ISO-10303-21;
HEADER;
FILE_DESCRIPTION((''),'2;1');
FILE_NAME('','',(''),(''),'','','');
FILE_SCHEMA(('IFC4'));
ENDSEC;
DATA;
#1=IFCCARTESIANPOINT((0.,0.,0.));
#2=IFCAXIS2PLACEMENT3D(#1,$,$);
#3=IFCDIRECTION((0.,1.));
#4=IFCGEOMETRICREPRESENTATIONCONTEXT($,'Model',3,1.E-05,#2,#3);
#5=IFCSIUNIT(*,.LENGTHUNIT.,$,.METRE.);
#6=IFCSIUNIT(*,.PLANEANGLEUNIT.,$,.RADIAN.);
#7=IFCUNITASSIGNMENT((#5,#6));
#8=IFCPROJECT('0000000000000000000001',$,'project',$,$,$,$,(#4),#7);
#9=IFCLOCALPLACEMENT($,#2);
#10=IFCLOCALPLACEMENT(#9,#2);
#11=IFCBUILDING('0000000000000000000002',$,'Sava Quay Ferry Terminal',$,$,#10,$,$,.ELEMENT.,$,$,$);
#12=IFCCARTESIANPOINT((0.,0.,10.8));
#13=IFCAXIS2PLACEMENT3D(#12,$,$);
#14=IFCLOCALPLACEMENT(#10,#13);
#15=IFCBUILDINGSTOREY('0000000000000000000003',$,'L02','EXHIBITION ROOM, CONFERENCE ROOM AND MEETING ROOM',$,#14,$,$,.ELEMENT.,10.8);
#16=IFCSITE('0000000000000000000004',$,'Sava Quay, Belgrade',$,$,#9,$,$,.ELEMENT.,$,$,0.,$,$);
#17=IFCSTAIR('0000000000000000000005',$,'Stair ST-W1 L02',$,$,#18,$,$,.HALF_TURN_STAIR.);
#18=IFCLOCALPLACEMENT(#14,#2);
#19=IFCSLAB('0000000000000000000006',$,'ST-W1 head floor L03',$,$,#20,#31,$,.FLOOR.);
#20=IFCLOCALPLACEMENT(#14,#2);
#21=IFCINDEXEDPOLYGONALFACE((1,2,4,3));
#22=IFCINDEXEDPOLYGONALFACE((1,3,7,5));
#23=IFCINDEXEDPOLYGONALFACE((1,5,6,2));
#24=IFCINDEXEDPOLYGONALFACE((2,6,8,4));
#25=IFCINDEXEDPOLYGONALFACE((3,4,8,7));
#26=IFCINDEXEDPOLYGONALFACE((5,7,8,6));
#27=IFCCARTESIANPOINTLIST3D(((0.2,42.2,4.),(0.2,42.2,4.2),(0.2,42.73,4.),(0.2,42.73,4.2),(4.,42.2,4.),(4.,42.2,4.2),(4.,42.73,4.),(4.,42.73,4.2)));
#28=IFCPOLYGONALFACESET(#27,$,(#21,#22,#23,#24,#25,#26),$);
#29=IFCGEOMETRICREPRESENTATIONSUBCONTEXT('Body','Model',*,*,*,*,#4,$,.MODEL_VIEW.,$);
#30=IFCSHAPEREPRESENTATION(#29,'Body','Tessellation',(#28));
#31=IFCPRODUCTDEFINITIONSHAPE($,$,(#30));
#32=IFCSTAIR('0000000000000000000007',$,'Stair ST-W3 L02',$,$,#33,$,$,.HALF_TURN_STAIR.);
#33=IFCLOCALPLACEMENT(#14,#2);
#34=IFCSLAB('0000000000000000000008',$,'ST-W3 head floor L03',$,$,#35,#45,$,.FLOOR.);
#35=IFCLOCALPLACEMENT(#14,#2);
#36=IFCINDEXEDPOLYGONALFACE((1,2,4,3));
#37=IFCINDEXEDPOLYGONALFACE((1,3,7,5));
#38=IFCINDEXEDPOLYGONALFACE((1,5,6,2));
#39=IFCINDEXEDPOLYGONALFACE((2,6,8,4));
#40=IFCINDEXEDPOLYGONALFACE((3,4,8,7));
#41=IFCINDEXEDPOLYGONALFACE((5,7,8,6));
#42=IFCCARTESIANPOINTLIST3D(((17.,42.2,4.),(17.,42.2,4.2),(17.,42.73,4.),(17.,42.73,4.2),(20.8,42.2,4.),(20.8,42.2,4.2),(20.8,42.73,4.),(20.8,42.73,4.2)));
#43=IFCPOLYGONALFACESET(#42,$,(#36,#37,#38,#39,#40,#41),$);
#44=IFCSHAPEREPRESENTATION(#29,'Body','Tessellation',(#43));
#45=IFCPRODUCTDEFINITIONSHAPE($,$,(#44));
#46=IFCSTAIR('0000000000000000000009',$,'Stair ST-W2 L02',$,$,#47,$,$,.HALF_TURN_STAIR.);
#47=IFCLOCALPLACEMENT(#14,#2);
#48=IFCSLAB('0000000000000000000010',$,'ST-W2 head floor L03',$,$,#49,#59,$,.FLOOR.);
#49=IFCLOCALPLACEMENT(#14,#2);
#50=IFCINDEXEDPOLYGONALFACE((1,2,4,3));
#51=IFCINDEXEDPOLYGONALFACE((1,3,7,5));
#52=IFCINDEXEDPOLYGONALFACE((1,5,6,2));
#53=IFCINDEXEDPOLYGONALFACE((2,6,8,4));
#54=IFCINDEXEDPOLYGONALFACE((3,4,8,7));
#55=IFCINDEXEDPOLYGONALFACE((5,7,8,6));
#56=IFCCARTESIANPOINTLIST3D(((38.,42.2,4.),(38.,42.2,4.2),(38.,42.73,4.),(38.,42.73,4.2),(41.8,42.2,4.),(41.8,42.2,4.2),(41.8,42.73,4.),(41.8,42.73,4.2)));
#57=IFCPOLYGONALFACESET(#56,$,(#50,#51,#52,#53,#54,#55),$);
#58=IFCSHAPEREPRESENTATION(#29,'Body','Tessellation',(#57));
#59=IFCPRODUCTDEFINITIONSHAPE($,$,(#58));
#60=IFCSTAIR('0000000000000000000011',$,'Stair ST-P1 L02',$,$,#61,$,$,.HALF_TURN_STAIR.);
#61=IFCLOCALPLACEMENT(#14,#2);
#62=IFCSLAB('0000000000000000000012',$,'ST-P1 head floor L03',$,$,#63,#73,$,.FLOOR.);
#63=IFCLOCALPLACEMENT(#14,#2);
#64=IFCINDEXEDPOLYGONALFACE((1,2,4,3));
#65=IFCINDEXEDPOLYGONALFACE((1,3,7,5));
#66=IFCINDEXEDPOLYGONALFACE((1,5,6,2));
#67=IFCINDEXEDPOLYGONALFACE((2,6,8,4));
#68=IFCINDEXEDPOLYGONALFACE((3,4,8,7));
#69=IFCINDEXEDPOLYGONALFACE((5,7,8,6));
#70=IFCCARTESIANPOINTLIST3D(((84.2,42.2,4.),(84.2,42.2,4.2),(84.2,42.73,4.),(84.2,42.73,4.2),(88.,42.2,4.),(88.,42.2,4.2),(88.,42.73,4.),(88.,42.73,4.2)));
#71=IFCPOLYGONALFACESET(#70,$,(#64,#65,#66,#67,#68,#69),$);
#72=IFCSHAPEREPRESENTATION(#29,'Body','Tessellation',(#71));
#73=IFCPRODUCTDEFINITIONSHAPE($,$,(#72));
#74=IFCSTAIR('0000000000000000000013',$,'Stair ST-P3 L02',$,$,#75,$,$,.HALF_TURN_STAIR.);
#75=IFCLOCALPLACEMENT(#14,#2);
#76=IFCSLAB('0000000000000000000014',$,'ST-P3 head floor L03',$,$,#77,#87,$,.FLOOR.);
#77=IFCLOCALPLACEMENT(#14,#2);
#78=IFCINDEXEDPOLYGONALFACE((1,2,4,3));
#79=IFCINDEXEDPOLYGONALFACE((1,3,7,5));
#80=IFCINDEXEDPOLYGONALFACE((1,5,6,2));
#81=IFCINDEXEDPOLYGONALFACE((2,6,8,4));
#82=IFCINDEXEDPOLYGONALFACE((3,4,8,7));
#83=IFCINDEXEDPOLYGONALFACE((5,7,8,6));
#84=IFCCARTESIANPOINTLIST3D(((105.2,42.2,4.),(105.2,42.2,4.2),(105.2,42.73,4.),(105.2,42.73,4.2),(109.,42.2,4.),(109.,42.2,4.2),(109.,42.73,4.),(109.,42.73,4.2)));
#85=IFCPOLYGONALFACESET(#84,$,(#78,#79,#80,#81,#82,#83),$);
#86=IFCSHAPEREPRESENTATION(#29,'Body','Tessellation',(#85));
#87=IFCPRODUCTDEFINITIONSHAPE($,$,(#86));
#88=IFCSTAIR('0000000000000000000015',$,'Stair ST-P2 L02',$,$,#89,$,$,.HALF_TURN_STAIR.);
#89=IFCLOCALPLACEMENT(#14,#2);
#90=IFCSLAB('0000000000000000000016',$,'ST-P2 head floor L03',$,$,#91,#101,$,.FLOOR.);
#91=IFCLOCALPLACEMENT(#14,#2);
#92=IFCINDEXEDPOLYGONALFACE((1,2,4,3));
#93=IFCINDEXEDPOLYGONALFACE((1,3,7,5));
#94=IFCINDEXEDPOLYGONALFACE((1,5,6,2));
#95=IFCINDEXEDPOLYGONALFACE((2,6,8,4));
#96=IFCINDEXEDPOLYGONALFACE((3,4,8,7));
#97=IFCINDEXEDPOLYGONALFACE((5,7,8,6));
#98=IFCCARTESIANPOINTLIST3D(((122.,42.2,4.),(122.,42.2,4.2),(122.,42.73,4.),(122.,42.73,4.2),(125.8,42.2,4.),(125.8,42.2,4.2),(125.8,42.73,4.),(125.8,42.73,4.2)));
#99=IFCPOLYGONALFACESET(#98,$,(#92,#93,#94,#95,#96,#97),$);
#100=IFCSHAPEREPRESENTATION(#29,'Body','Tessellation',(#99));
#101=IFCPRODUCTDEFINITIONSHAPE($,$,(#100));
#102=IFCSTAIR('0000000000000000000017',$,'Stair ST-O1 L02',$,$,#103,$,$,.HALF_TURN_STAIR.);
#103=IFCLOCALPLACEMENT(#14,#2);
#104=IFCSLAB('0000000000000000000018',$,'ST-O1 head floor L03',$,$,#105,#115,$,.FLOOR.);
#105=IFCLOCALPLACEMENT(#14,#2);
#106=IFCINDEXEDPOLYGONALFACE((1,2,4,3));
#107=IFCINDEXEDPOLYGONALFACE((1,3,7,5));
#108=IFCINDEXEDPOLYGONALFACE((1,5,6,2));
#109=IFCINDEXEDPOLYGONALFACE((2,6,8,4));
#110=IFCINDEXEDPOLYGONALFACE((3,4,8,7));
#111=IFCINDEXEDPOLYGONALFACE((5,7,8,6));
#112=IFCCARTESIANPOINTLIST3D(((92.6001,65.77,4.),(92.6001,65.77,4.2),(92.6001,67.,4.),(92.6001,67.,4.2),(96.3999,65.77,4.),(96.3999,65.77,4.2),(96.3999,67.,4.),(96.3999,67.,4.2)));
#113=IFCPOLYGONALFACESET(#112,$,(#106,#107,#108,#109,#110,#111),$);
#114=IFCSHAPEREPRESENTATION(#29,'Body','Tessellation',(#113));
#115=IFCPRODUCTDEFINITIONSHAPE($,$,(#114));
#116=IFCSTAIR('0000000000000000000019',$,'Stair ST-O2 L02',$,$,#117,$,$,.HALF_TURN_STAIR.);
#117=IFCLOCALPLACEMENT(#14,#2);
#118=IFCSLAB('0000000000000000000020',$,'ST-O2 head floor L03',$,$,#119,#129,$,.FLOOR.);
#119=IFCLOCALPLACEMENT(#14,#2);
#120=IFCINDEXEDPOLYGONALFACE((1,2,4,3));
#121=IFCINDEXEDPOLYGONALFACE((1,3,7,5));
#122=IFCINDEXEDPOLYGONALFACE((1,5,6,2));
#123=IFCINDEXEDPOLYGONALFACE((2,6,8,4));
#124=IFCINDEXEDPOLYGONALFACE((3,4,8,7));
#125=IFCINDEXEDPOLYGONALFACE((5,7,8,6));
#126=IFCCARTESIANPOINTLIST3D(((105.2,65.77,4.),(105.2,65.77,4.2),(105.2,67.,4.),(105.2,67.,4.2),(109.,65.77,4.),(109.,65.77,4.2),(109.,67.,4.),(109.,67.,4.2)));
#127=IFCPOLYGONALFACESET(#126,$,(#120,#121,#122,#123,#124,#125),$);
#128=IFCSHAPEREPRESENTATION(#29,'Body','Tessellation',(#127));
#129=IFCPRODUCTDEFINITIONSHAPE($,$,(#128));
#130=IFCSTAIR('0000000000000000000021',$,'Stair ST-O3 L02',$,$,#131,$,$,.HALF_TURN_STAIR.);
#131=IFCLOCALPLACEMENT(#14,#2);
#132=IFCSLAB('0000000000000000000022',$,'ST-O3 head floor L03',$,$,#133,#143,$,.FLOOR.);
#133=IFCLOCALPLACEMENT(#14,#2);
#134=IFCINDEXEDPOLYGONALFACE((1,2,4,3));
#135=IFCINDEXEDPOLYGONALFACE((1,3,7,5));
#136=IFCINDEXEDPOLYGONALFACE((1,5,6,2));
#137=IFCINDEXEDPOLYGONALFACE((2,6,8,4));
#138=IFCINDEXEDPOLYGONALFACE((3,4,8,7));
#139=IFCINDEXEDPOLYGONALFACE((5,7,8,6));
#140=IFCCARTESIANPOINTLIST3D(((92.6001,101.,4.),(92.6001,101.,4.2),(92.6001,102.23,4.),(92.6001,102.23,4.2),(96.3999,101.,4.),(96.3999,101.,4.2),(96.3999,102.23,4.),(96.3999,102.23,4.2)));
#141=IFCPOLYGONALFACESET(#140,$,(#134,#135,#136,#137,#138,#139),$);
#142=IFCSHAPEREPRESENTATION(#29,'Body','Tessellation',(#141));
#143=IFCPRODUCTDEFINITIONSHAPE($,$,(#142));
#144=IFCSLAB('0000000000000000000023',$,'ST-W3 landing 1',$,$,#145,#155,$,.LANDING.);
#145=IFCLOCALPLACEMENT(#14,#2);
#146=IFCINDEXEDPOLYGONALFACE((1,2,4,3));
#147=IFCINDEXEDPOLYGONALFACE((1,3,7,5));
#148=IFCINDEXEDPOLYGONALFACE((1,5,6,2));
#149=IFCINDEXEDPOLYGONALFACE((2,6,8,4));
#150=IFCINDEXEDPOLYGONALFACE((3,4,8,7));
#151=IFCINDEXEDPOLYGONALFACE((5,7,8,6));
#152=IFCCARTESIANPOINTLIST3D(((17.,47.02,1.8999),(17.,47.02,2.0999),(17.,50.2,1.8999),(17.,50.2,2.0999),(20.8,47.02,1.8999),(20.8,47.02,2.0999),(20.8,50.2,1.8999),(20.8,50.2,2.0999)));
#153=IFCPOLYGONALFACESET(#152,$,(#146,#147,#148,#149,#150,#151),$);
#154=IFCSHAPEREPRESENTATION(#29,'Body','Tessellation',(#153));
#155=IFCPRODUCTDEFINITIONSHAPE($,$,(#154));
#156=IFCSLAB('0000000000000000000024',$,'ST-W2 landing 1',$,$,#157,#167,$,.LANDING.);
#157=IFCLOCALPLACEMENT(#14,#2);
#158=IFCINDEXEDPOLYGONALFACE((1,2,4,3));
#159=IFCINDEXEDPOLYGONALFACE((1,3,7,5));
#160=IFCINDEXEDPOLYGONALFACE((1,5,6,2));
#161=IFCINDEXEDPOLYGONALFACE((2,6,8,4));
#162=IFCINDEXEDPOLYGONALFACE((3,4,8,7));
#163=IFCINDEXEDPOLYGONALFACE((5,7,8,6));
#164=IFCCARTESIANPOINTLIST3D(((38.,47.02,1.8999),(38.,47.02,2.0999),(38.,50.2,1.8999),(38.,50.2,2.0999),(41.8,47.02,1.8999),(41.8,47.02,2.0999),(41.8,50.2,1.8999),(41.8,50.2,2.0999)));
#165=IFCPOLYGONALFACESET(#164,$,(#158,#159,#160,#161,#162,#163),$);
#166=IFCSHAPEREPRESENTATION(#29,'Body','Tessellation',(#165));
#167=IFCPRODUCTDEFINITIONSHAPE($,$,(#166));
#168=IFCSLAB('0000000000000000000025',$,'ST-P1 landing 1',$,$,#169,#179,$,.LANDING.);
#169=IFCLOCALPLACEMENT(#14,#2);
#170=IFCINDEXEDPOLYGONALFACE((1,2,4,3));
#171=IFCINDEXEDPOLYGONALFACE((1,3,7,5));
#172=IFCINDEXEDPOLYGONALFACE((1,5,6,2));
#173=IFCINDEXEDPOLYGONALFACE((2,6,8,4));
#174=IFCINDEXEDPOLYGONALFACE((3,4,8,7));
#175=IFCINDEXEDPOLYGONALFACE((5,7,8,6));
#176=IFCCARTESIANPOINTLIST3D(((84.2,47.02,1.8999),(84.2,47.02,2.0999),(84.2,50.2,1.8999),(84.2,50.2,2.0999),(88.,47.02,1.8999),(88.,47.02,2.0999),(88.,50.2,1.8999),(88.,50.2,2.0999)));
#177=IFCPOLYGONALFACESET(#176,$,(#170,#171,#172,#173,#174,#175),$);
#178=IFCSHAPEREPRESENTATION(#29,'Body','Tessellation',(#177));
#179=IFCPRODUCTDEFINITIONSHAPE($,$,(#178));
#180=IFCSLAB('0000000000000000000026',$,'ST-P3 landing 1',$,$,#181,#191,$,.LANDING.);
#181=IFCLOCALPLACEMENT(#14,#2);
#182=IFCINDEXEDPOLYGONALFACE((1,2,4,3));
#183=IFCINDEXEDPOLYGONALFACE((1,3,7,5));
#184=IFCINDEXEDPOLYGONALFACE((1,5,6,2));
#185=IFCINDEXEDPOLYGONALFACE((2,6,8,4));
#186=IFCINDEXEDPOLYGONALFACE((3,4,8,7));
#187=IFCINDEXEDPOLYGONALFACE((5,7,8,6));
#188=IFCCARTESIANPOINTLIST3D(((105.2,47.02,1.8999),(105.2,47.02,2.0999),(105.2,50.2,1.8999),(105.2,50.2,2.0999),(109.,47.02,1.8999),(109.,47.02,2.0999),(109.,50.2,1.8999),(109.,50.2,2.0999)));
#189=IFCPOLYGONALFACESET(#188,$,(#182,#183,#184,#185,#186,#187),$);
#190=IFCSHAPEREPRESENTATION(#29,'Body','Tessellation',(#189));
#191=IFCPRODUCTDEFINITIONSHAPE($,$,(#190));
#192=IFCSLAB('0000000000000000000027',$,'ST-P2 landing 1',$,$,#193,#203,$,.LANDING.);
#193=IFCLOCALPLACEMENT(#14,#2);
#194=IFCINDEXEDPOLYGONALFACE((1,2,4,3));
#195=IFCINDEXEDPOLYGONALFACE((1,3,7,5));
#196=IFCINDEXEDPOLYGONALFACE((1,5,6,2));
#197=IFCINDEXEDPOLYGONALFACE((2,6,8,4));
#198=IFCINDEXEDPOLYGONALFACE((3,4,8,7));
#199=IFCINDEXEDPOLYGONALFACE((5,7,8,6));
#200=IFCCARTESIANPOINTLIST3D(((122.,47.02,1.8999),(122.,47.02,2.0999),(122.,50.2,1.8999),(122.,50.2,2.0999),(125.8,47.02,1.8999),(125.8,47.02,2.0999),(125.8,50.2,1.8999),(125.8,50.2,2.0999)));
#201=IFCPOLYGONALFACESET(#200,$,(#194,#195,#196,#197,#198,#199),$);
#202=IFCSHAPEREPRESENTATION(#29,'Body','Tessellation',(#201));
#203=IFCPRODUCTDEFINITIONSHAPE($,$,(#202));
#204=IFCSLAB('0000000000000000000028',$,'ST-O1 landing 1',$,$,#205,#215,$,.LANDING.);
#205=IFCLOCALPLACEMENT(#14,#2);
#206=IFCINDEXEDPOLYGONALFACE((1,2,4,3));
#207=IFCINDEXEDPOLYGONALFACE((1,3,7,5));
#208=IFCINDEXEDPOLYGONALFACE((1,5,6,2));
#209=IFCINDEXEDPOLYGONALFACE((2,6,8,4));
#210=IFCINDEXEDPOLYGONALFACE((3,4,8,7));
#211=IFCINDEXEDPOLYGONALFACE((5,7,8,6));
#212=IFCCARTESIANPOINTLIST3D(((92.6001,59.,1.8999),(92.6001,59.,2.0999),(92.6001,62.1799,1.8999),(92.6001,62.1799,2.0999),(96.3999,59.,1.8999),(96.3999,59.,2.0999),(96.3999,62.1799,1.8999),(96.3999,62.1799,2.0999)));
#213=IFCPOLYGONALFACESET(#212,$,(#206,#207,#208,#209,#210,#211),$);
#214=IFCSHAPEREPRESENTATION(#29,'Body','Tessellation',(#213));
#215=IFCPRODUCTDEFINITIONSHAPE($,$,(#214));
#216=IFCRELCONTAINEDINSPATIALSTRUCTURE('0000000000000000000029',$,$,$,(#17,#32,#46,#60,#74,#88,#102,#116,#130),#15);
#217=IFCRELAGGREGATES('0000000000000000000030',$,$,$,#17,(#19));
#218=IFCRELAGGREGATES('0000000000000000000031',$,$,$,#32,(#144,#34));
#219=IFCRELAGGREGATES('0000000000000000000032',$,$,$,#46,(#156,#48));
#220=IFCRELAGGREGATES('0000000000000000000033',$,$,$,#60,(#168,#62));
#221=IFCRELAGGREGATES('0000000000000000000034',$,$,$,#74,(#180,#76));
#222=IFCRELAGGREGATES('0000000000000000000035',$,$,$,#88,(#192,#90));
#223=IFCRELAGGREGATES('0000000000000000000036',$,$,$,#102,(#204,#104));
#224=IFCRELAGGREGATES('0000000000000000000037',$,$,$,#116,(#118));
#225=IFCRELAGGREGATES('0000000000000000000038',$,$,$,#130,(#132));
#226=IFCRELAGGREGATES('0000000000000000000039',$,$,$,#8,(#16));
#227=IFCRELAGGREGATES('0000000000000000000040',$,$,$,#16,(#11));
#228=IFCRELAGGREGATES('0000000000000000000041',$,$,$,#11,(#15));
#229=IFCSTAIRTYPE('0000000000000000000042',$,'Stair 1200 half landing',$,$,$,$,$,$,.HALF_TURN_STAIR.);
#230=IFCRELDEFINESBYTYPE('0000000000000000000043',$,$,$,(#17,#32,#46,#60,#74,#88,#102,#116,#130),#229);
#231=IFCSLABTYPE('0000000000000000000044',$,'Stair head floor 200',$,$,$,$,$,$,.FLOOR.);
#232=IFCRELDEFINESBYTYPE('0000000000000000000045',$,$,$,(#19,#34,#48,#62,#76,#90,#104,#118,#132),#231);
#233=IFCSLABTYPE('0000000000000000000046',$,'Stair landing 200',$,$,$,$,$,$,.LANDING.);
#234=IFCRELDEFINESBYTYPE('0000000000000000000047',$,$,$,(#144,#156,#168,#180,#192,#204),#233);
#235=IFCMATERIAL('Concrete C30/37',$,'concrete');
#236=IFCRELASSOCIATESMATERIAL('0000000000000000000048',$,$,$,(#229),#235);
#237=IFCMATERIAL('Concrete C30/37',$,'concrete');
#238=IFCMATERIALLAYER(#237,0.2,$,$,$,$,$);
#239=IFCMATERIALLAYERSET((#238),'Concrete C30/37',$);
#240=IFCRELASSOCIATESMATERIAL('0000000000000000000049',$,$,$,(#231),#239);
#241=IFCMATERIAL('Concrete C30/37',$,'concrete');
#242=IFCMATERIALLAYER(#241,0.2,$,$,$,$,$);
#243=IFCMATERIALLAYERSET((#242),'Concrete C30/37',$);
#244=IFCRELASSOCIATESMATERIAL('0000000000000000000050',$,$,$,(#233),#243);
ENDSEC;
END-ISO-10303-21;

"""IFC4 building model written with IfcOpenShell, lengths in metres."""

from ifc_helpers import new_model, si_unit, direction, frame, origin, place, context, subcontext, project, spatial, polyline, outline, extrude, material, layer, layer_set, type_object, element, aggregate, save


model = new_model("IFC4")

# Units and contexts
model_context = context("Model", 3, precision=1e-05, world=origin(), true_north=direction((0.0, 1.0)))
body_context = subcontext(model_context, "Body", "Model", "MODEL_VIEW")
ifc_project = project(units=[si_unit("LENGTHUNIT", "METRE"), si_unit("PLANEANGLEUNIT", "RADIAN")], contexts=[model_context])

# Site, building, storey
site_placement = place(None, origin())
site = spatial("IfcSite", under=ifc_project, at=site_placement, Name="Sava Quay, Belgrade", CompositionType="ELEMENT", RefElevation=0.0)
building_placement = place(site_placement, origin())
building = spatial("IfcBuilding", under=site, at=building_placement, Name="Sava Quay Ferry Terminal", CompositionType="ELEMENT")
storey_placement = place(building_placement, frame((0.0, 0.0, 10.8)))
storey = spatial("IfcBuildingStorey", under=building, at=storey_placement, Name="L02", Description="EXHIBITION ROOM, CONFERENCE ROOM AND MEETING ROOM", CompositionType="ELEMENT", Elevation=10.8)

# Stairs, slabs
ifc_material_1 = material(Name="Concrete C30/37", Category="concrete")
stair_type = type_object("IfcStairType", Name="Stair 1200 half landing", PredefinedType="HALF_TURN_STAIR", material=ifc_material_1)
stair_1_placement = place(storey_placement, origin())
stair_1 = element("IfcStair", 1, at=stair_1_placement, inside=storey, type_object=stair_type, Name="Stair ST-W1 L02", PredefinedType="HALF_TURN_STAIR")
ifc_material_2 = material(Name="Concrete C30/37", Category="concrete")
ifc_layer_1 = layer(ifc_material_2, 0.2)
ifc_layer_set_1 = layer_set([ifc_layer_1], Name="Concrete C30/37")
slab_type_1 = type_object("IfcSlabType", Name="Stair head floor 200", PredefinedType="FLOOR", material=ifc_layer_set_1)
slab_1_placement = place(storey_placement, frame((0.0, 0.0, 4.0)))
slab_1 = element("IfcSlab", 2, at=slab_1_placement, type_object=slab_type_1, Name="ST-W1 head floor L03", PredefinedType="FLOOR", context=body_context, shape_type="SweptSolid", body=[
    extrude(outline(polyline([(0.2, 42.2), (0.2, 42.73), (4.0, 42.73), (4.0, 42.2), (0.2, 42.2)])), origin(), (0.0, 0.0, 1.0), 0.2),
])
aggregate(stair_1, [slab_1])
stair_2_placement = place(storey_placement, origin())
stair_2 = element("IfcStair", 3, at=stair_2_placement, inside=storey, type_object=stair_type, Name="Stair ST-W3 L02", PredefinedType="HALF_TURN_STAIR")
slab_2_placement = place(storey_placement, frame((0.0, 0.0, 4.0)))
slab_2 = element("IfcSlab", 4, at=slab_2_placement, type_object=slab_type_1, Name="ST-W3 head floor L03", PredefinedType="FLOOR", context=body_context, shape_type="SweptSolid", body=[
    extrude(outline(polyline([(17.0, 42.2), (17.0, 42.73), (20.8, 42.73), (20.8, 42.2), (17.0, 42.2)])), origin(), (0.0, 0.0, 1.0), 0.2),
])
stair_3_placement = place(storey_placement, origin())
stair_3 = element("IfcStair", 5, at=stair_3_placement, inside=storey, type_object=stair_type, Name="Stair ST-W2 L02", PredefinedType="HALF_TURN_STAIR")
slab_3_placement = place(storey_placement, frame((0.0, 0.0, 4.0)))
slab_3 = element("IfcSlab", 6, at=slab_3_placement, type_object=slab_type_1, Name="ST-W2 head floor L03", PredefinedType="FLOOR", context=body_context, shape_type="SweptSolid", body=[
    extrude(outline(polyline([(38.0, 42.2), (38.0, 42.73), (41.8, 42.73), (41.8, 42.2), (38.0, 42.2)])), origin(), (0.0, 0.0, 1.0), 0.2),
])
stair_4_placement = place(storey_placement, origin())
stair_4 = element("IfcStair", 7, at=stair_4_placement, inside=storey, type_object=stair_type, Name="Stair ST-P1 L02", PredefinedType="HALF_TURN_STAIR")
slab_4_placement = place(storey_placement, frame((0.0, 0.0, 4.0)))
slab_4 = element("IfcSlab", 8, at=slab_4_placement, type_object=slab_type_1, Name="ST-P1 head floor L03", PredefinedType="FLOOR", context=body_context, shape_type="SweptSolid", body=[
    extrude(outline(polyline([(84.2, 42.2), (84.2, 42.73), (88.0, 42.73), (88.0, 42.2), (84.2, 42.2)])), origin(), (0.0, 0.0, 1.0), 0.2),
])
stair_5_placement = place(storey_placement, origin())
stair_5 = element("IfcStair", 9, at=stair_5_placement, inside=storey, type_object=stair_type, Name="Stair ST-P3 L02", PredefinedType="HALF_TURN_STAIR")
slab_5_placement = place(storey_placement, frame((0.0, 0.0, 4.0)))
slab_5 = element("IfcSlab", 10, at=slab_5_placement, type_object=slab_type_1, Name="ST-P3 head floor L03", PredefinedType="FLOOR", context=body_context, shape_type="SweptSolid", body=[
    extrude(outline(polyline([(105.2, 42.2), (105.2, 42.73), (109.0, 42.73), (109.0, 42.2), (105.2, 42.2)])), origin(), (0.0, 0.0, 1.0), 0.2),
])
stair_6_placement = place(storey_placement, origin())
stair_6 = element("IfcStair", 11, at=stair_6_placement, inside=storey, type_object=stair_type, Name="Stair ST-P2 L02", PredefinedType="HALF_TURN_STAIR")
slab_6_placement = place(storey_placement, frame((0.0, 0.0, 4.0)))
slab_6 = element("IfcSlab", 12, at=slab_6_placement, type_object=slab_type_1, Name="ST-P2 head floor L03", PredefinedType="FLOOR", context=body_context, shape_type="SweptSolid", body=[
    extrude(outline(polyline([(122.0, 42.2), (122.0, 42.73), (125.8, 42.73), (125.8, 42.2), (122.0, 42.2)])), origin(), (0.0, 0.0, 1.0), 0.2),
])
stair_7_placement = place(storey_placement, origin())
stair_7 = element("IfcStair", 13, at=stair_7_placement, inside=storey, type_object=stair_type, Name="Stair ST-O1 L02", PredefinedType="HALF_TURN_STAIR")
slab_7_placement = place(storey_placement, frame((0.0, 0.0, 4.0)))
slab_7 = element("IfcSlab", 14, at=slab_7_placement, type_object=slab_type_1, Name="ST-O1 head floor L03", PredefinedType="FLOOR", context=body_context, shape_type="SweptSolid", body=[
    extrude(outline(polyline([(92.6001, 65.77), (92.6001, 67.0), (96.3999, 67.0), (96.3999, 65.77), (92.6001, 65.77)])), origin(), (0.0, 0.0, 1.0), 0.2),
])
stair_8_placement = place(storey_placement, origin())
stair_8 = element("IfcStair", 15, at=stair_8_placement, inside=storey, type_object=stair_type, Name="Stair ST-O2 L02", PredefinedType="HALF_TURN_STAIR")
slab_8_placement = place(storey_placement, frame((0.0, 0.0, 4.0)))
slab_8 = element("IfcSlab", 16, at=slab_8_placement, type_object=slab_type_1, Name="ST-O2 head floor L03", PredefinedType="FLOOR", context=body_context, shape_type="SweptSolid", body=[
    extrude(outline(polyline([(105.2, 65.77), (105.2, 67.0), (109.0, 67.0), (109.0, 65.77), (105.2, 65.77)])), origin(), (0.0, 0.0, 1.0), 0.2),
])
stair_9_placement = place(storey_placement, origin())
stair_9 = element("IfcStair", 17, at=stair_9_placement, inside=storey, type_object=stair_type, Name="Stair ST-O3 L02", PredefinedType="HALF_TURN_STAIR")
slab_9_placement = place(storey_placement, frame((0.0, 0.0, 4.0)))
slab_9 = element("IfcSlab", 18, at=slab_9_placement, type_object=slab_type_1, Name="ST-O3 head floor L03", PredefinedType="FLOOR", context=body_context, shape_type="SweptSolid", body=[
    extrude(outline(polyline([(92.6001, 101.0), (92.6001, 102.23), (96.3999, 102.23), (96.3999, 101.0), (92.6001, 101.0)])), origin(), (0.0, 0.0, 1.0), 0.2),
])

# Slabs
ifc_material_3 = material(Name="Concrete C30/37", Category="concrete")
ifc_layer_2 = layer(ifc_material_3, 0.2)
ifc_layer_set_2 = layer_set([ifc_layer_2], Name="Concrete C30/37")
slab_type_2 = type_object("IfcSlabType", Name="Stair landing 200", PredefinedType="LANDING", material=ifc_layer_set_2)
slab_10_placement = place(storey_placement, frame((0.0, 0.0, 1.8999)))
slab_10 = element("IfcSlab", 19, at=slab_10_placement, type_object=slab_type_2, Name="ST-W3 landing 1", PredefinedType="LANDING", context=body_context, shape_type="SweptSolid", body=[
    extrude(outline(polyline([(17.0, 47.02), (17.0, 50.2), (20.8, 50.2), (20.8, 47.02), (17.0, 47.02)])), origin(), (0.0, 0.0, 1.0), 0.2),
])
aggregate(stair_2, [slab_10, slab_2])
slab_11_placement = place(storey_placement, frame((0.0, 0.0, 1.8999)))
slab_11 = element("IfcSlab", 20, at=slab_11_placement, type_object=slab_type_2, Name="ST-W2 landing 1", PredefinedType="LANDING", context=body_context, shape_type="SweptSolid", body=[
    extrude(outline(polyline([(38.0, 47.02), (38.0, 50.2), (41.8, 50.2), (41.8, 47.02), (38.0, 47.02)])), origin(), (0.0, 0.0, 1.0), 0.2),
])
aggregate(stair_3, [slab_11, slab_3])
slab_12_placement = place(storey_placement, frame((0.0, 0.0, 1.8999)))
slab_12 = element("IfcSlab", 21, at=slab_12_placement, type_object=slab_type_2, Name="ST-P1 landing 1", PredefinedType="LANDING", context=body_context, shape_type="SweptSolid", body=[
    extrude(outline(polyline([(84.2, 47.02), (84.2, 50.2), (88.0, 50.2), (88.0, 47.02), (84.2, 47.02)])), origin(), (0.0, 0.0, 1.0), 0.2),
])
aggregate(stair_4, [slab_12, slab_4])
slab_13_placement = place(storey_placement, frame((0.0, 0.0, 1.8999)))
slab_13 = element("IfcSlab", 22, at=slab_13_placement, type_object=slab_type_2, Name="ST-P3 landing 1", PredefinedType="LANDING", context=body_context, shape_type="SweptSolid", body=[
    extrude(outline(polyline([(105.2, 47.02), (105.2, 50.2), (109.0, 50.2), (109.0, 47.02), (105.2, 47.02)])), origin(), (0.0, 0.0, 1.0), 0.2),
])
aggregate(stair_5, [slab_13, slab_5])
slab_14_placement = place(storey_placement, frame((0.0, 0.0, 1.8999)))
slab_14 = element("IfcSlab", 23, at=slab_14_placement, type_object=slab_type_2, Name="ST-P2 landing 1", PredefinedType="LANDING", context=body_context, shape_type="SweptSolid", body=[
    extrude(outline(polyline([(122.0, 47.02), (122.0, 50.2), (125.8, 50.2), (125.8, 47.02), (122.0, 47.02)])), origin(), (0.0, 0.0, 1.0), 0.2),
])
aggregate(stair_6, [slab_14, slab_6])
slab_15_placement = place(storey_placement, frame((0.0, 0.0, 1.8999)))
slab_15 = element("IfcSlab", 24, at=slab_15_placement, type_object=slab_type_2, Name="ST-O1 landing 1", PredefinedType="LANDING", context=body_context, shape_type="SweptSolid", body=[
    extrude(outline(polyline([(92.6001, 59.0), (92.6001, 62.1799), (96.3999, 62.1799), (96.3999, 59.0), (92.6001, 59.0)])), origin(), (0.0, 0.0, 1.0), 0.2),
])
aggregate(stair_7, [slab_15, slab_7])
aggregate(stair_8, [slab_8])
aggregate(stair_9, [slab_9])

save(model, "model.ifc")
